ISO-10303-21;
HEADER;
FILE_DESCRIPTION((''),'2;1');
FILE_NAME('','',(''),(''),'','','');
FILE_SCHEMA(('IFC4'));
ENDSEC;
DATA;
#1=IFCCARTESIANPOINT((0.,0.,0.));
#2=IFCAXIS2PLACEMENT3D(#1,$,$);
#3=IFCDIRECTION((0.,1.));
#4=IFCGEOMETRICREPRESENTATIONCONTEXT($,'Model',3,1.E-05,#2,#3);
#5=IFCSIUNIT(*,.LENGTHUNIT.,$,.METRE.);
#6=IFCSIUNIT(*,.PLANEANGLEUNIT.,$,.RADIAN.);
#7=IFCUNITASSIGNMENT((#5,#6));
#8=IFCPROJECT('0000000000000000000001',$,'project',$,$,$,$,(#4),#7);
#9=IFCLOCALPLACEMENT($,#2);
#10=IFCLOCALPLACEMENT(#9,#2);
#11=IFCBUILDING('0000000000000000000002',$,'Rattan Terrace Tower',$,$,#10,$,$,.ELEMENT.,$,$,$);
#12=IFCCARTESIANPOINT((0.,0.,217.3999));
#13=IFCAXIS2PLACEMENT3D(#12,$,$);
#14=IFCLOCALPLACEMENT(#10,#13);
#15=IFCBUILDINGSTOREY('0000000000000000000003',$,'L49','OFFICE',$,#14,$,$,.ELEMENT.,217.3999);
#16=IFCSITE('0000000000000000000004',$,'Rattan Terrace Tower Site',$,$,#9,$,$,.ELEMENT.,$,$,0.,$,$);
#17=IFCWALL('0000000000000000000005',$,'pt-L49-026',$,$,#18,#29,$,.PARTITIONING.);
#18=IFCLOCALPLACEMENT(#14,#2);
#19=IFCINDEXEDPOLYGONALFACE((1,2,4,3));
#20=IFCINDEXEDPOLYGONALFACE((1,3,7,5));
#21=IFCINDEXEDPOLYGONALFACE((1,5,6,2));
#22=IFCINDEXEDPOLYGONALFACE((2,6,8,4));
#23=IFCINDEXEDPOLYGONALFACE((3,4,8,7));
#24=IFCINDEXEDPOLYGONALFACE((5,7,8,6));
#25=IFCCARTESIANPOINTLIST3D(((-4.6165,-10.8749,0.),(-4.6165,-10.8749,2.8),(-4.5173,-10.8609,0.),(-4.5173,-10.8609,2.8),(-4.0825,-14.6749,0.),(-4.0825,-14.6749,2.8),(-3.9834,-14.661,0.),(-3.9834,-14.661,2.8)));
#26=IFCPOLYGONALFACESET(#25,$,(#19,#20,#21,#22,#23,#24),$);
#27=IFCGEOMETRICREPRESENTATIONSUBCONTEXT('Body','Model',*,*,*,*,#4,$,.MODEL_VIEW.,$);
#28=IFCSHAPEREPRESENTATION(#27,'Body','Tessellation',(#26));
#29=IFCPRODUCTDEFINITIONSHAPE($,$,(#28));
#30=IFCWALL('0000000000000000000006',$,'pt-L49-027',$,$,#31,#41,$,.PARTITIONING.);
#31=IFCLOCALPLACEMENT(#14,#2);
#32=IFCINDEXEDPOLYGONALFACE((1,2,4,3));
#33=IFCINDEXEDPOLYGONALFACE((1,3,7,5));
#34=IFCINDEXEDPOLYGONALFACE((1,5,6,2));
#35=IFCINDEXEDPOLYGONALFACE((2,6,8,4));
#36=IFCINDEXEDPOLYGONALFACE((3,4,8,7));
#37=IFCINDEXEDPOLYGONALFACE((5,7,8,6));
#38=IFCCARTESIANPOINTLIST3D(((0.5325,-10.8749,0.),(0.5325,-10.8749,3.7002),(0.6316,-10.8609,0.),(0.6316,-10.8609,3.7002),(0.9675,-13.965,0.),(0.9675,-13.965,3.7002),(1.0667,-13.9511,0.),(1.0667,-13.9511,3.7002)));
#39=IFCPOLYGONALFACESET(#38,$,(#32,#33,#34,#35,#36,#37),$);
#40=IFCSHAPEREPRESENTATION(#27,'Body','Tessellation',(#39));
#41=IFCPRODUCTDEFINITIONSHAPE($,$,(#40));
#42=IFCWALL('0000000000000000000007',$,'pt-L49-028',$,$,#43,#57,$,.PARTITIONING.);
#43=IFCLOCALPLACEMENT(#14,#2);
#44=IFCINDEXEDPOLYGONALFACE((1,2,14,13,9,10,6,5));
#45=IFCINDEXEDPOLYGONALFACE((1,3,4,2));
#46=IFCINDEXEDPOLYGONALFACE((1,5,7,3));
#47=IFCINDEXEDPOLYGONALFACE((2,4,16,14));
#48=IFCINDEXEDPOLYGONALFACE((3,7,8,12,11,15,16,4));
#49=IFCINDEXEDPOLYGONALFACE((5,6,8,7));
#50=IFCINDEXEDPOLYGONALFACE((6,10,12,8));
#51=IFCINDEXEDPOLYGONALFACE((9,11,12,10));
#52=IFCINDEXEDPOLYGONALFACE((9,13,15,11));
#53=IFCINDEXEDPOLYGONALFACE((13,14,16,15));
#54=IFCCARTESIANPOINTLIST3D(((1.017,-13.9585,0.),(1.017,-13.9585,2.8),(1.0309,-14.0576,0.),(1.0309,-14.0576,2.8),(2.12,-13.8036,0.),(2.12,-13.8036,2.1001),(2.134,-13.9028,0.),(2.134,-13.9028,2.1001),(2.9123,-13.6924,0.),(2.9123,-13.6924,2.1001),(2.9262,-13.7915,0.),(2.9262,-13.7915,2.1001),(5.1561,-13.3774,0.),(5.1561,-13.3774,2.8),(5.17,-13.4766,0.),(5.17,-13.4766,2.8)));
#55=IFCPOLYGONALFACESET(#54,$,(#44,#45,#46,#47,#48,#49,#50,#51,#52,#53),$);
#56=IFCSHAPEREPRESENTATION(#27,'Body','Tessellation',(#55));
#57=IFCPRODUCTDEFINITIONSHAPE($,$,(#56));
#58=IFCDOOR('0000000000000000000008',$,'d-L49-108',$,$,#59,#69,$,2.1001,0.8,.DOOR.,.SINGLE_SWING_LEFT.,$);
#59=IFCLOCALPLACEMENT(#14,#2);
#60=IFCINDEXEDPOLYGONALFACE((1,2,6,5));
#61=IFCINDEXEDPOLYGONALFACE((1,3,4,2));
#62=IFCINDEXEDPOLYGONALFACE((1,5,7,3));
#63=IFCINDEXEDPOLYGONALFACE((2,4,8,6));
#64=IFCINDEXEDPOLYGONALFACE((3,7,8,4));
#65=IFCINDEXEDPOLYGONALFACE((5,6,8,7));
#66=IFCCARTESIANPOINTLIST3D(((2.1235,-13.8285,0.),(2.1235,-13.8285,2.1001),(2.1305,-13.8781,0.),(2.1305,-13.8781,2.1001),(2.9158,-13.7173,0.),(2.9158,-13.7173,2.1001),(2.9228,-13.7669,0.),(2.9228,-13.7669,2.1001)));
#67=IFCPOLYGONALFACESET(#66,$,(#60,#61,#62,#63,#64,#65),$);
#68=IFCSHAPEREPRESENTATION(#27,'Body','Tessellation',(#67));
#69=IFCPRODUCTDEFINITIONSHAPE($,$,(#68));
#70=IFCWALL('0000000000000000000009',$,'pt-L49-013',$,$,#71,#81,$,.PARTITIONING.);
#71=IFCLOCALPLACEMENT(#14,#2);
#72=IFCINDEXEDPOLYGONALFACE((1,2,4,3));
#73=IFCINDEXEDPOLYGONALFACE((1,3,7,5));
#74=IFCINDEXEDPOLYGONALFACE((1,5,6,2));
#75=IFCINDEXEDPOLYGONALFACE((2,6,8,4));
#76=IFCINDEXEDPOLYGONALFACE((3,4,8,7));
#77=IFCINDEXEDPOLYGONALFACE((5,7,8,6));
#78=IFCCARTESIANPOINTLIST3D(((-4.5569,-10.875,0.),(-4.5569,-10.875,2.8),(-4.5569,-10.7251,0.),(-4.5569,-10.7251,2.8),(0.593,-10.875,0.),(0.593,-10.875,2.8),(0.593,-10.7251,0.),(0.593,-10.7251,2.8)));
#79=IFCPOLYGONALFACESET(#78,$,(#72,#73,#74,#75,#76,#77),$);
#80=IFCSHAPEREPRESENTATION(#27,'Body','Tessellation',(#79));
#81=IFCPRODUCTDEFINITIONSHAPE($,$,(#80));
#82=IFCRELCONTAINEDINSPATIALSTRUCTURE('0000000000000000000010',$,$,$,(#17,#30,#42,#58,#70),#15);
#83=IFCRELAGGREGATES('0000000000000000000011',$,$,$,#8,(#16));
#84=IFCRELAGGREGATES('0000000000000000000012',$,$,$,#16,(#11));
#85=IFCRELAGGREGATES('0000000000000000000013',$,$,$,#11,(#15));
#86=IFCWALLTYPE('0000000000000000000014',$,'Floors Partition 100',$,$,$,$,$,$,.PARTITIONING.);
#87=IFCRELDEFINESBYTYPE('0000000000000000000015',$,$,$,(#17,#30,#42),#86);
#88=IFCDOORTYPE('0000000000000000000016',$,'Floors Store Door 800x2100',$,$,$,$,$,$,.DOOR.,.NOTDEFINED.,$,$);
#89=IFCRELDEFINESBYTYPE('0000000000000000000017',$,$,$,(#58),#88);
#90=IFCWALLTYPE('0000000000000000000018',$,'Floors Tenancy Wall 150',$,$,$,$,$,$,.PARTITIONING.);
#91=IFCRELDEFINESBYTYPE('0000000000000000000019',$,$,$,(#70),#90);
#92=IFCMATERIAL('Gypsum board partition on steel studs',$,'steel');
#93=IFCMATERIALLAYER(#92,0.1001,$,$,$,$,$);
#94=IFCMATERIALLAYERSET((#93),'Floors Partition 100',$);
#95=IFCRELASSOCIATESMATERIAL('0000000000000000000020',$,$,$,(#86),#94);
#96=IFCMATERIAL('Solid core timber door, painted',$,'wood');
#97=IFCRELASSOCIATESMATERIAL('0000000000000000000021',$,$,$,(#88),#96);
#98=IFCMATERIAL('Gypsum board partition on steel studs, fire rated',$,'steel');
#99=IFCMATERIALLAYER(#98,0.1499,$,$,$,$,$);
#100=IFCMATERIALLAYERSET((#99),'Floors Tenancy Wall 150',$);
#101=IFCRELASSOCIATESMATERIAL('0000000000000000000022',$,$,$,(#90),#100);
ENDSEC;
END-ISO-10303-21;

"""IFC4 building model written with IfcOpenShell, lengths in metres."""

from ifc_helpers import new_model, si_unit, direction, frame, frame_2d, origin, place, context, subcontext, project, spatial, rectangle, extrude, material, layer, layer_set, type_object, element, fill, save


model = new_model("IFC4")

# Units and contexts
model_context = context("Model", 3, precision=1e-05, world=origin(), true_north=direction((0.0, 1.0)))
body_context = subcontext(model_context, "Body", "Model", "MODEL_VIEW")
ifc_project = project(units=[si_unit("LENGTHUNIT", "METRE"), si_unit("PLANEANGLEUNIT", "RADIAN")], contexts=[model_context])

# Site, building, storey
site_placement = place(None, origin())
site = spatial("IfcSite", under=ifc_project, at=site_placement, Name="Rattan Terrace Tower Site", CompositionType="ELEMENT", RefElevation=0.0)
building_placement = place(site_placement, origin())
building = spatial("IfcBuilding", under=site, at=building_placement, Name="Rattan Terrace Tower", CompositionType="ELEMENT")
storey_placement = place(building_placement, frame((0.0, 0.0, 217.3999)))
storey = spatial("IfcBuildingStorey", under=building, at=storey_placement, Name="L49", Description="OFFICE", CompositionType="ELEMENT", Elevation=217.3999)

# Walls
ifc_material_1 = material(Name="Gypsum board partition on steel studs", Category="steel")
ifc_layer_1 = layer(ifc_material_1, 0.1001)
ifc_layer_set_1 = layer_set([ifc_layer_1], Name="Floors Partition 100")
wall_type_1 = type_object("IfcWallType", Name="Floors Partition 100", PredefinedType="PARTITIONING", material=ifc_layer_set_1)
wall_1_placement = place(storey_placement, frame((-4.033, -14.668, 0.0), z_axis=(0.0, 0.0, 1.0), x_axis=(-0.139141, 0.990273, 0.0)))
element("IfcWall", 1, at=wall_1_placement, inside=storey, type_object=wall_type_1, Name="pt-L49-026", PredefinedType="PARTITIONING", context=body_context, shape_type="SweptSolid", body=[
    extrude(rectangle(XDim=3.8374, YDim=0.1001, at=frame_2d((1.9187, 0.0))), origin(), (0.0, 0.0, 1.0), 2.8),
])
wall_2_placement = place(storey_placement, frame((0.582, -10.8679, 0.0), z_axis=(0.0, 0.0, 1.0), x_axis=(0.139417, -0.990234, 0.0)))
element("IfcWall", 2, at=wall_2_placement, inside=storey, type_object=wall_type_1, Name="pt-L49-027", PredefinedType="PARTITIONING", context=body_context, shape_type="SweptSolid", body=[
    extrude(rectangle(XDim=3.1206, YDim=0.1001, at=frame_2d((1.5603, 0.0))), origin(), (0.0, 0.0, 1.0), 3.7002),
])

# Wall, opening, door
wall_3_placement = place(storey_placement, frame((1.0239, -14.0081, 0.0), z_axis=(0.0, 0.0, 1.0), x_axis=(0.99029, 0.139017, 0.0)))
wall_3 = element("IfcWall", 3, at=wall_3_placement, inside=storey, type_object=wall_type_1, Name="pt-L49-028", PredefinedType="PARTITIONING", context=body_context, shape_type="SweptSolid", body=[
    extrude(rectangle(XDim=4.1797, YDim=0.1001, at=frame_2d((2.0898, 0.0))), origin(), (0.0, 0.0, 1.0), 2.8),
])
opening_1_placement = place(wall_3_placement, frame((1.114, 0.0, 0.0)))
opening_1 = element("IfcOpeningElement", 4, at=opening_1_placement, cuts=wall_3, PredefinedType="OPENING", context=body_context, shape_type="SweptSolid", body=[
    extrude(rectangle(XDim=0.8, YDim=2.1001, at=frame_2d((0.3999, 1.05))), frame((0.0, 0.0605, 0.0), z_axis=(0.0, -1.0, 0.0), x_axis=(1.0, 0.0, 0.0)), (0.0, 0.0, 1.0), 0.1211),
])
ifc_material_2 = material(Name="Solid core timber door, painted", Category="wood")
door_type_1 = type_object("IfcDoorType", Name="Floors Store Door 800x2100", OperationType="NOTDEFINED", PredefinedType="DOOR", material=ifc_material_2)
door_1_placement = place(opening_1_placement, origin())
door_1 = element("IfcDoor", 5, at=door_1_placement, inside=storey, type_object=door_type_1, Name="d-L49-108", OperationType="SINGLE_SWING_LEFT", OverallHeight=2.1001, OverallWidth=0.8, PredefinedType="DOOR", context=body_context, shape_type="SweptSolid", body=[
    extrude(rectangle(XDim=0.8, YDim=2.1001, at=frame_2d((0.3999, 1.05))), frame((0.0, 0.0249, 0.0), z_axis=(0.0, -1.0, 0.0), x_axis=(1.0, 0.0, 0.0)), (0.0, 0.0, 1.0), 0.05),
])
fill(opening_1, door_1)

# Wall
ifc_material_3 = material(Name="Gypsum board partition on steel studs, fire rated", Category="steel")
ifc_layer_2 = layer(ifc_material_3, 0.1499)
ifc_layer_set_2 = layer_set([ifc_layer_2], Name="Floors Tenancy Wall 150")
wall_type_2 = type_object("IfcWallType", Name="Floors Tenancy Wall 150", PredefinedType="PARTITIONING", material=ifc_layer_set_2)
wall_4_placement = place(storey_placement, frame((0.593, -10.8, 0.0), z_axis=(0.0, 0.0, 1.0), x_axis=(-1.0, 0.0, 0.0)))
element("IfcWall", 6, at=wall_4_placement, inside=storey, type_object=wall_type_2, Name="pt-L49-013", PredefinedType="PARTITIONING", context=body_context, shape_type="SweptSolid", body=[
    extrude(rectangle(XDim=5.1499, YDim=0.1499, at=frame_2d((2.575, 0.0))), origin(), (0.0, 0.0, 1.0), 2.8),
])

save(model, "model.ifc")
